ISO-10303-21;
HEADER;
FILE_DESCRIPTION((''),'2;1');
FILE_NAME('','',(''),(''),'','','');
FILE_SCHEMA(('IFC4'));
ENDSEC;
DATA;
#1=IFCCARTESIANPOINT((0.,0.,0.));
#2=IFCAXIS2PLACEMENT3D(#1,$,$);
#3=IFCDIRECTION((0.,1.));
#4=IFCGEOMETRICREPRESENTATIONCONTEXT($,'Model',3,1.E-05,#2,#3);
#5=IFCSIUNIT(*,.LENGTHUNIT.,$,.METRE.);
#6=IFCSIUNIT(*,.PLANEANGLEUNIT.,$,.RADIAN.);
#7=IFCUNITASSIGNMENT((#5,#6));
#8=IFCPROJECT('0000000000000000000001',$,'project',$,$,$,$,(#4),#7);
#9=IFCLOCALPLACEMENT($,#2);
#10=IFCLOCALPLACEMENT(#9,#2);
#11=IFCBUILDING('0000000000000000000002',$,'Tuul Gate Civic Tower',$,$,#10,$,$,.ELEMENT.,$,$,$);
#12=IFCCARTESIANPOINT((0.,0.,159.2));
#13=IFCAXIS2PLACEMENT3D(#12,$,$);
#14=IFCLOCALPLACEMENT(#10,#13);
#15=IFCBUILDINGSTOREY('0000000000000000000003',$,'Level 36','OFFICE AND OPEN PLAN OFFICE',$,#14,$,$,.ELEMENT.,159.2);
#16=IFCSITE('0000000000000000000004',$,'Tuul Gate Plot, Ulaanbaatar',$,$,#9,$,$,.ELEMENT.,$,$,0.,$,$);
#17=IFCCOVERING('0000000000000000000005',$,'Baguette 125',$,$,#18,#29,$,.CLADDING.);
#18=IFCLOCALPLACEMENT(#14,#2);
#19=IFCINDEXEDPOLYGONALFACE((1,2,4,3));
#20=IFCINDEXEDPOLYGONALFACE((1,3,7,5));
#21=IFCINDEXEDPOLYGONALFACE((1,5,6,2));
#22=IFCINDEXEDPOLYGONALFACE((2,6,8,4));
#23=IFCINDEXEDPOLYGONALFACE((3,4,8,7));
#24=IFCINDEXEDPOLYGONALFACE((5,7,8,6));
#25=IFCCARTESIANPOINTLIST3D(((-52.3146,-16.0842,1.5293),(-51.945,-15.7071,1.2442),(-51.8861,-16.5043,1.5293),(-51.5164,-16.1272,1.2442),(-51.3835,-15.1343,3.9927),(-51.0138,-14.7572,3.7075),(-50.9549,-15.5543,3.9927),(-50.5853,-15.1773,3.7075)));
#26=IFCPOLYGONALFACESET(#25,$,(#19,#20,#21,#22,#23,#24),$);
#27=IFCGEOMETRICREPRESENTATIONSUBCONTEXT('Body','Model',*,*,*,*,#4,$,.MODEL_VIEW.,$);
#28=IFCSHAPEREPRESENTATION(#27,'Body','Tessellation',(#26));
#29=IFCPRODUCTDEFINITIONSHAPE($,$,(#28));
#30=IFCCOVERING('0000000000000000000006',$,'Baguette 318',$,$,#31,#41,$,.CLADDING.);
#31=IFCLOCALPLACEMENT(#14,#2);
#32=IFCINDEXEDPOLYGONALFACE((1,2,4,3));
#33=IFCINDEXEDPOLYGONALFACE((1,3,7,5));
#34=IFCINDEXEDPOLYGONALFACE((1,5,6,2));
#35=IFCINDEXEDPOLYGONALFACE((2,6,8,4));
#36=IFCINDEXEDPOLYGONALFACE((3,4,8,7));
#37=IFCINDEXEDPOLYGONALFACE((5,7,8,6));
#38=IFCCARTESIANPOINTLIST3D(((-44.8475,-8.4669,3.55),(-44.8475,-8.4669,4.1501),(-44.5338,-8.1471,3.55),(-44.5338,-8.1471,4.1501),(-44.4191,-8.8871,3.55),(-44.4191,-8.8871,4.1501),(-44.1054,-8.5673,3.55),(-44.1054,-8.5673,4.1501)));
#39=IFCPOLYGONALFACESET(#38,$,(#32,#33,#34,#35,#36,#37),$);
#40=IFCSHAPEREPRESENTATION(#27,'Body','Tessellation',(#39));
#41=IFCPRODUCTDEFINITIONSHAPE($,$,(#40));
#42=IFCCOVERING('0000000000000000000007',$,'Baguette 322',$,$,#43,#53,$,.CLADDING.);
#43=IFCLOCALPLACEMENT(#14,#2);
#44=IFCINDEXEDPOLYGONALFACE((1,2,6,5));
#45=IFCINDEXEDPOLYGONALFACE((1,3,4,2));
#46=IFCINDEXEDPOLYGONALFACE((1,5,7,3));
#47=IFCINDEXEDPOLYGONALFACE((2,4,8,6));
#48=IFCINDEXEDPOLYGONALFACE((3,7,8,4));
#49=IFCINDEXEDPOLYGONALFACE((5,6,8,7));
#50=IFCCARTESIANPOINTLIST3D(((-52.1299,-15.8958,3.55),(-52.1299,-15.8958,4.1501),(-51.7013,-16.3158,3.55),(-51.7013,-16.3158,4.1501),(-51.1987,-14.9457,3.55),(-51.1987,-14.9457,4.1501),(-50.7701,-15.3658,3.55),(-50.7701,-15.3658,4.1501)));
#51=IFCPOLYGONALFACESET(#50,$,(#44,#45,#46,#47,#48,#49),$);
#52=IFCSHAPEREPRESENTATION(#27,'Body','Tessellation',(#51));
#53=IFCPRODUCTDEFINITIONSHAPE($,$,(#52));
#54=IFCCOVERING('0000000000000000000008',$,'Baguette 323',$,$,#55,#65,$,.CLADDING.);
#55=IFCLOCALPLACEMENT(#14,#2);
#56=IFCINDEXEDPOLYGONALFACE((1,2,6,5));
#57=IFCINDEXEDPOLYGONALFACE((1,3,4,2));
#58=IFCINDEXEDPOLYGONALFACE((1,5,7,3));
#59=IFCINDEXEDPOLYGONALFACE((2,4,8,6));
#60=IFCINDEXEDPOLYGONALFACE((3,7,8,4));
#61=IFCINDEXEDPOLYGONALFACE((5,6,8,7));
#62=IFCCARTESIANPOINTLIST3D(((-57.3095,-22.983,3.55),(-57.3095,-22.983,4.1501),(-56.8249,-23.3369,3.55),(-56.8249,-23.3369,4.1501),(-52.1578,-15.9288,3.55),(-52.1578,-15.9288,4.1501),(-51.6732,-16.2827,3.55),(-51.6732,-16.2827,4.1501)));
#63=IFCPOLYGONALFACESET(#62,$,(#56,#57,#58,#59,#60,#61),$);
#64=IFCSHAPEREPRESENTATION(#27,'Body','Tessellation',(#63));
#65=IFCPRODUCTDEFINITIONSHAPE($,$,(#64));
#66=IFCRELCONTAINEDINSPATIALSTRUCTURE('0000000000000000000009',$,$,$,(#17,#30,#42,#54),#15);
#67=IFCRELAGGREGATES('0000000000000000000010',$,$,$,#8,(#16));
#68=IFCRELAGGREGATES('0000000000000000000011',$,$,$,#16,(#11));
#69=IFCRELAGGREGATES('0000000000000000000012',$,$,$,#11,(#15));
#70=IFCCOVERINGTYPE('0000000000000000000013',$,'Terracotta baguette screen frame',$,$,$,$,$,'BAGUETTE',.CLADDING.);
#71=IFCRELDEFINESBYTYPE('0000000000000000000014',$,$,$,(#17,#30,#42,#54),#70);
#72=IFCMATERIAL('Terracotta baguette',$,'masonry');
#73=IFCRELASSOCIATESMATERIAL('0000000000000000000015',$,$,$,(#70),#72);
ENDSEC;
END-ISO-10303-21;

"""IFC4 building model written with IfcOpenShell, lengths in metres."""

from ifc_helpers import new_model, si_unit, direction, frame, origin, origin_2d, place, context, subcontext, project, spatial, rectangle, extrude, material, material_profile, profile_set, type_object, element, save


model = new_model("IFC4")

# Units and contexts
model_context = context("Model", 3, precision=1e-05, world=origin(), true_north=direction((0.0, 1.0)))
body_context = subcontext(model_context, "Body", "Model", "MODEL_VIEW")
ifc_project = project(units=[si_unit("LENGTHUNIT", "METRE"), si_unit("PLANEANGLEUNIT", "RADIAN")], contexts=[model_context])

# Site, building, storey
site_placement = place(None, origin())
site = spatial("IfcSite", under=ifc_project, at=site_placement, Name="Tuul Gate Plot, Ulaanbaatar", CompositionType="ELEMENT", RefElevation=0.0)
building_placement = place(site_placement, origin())
building = spatial("IfcBuilding", under=site, at=building_placement, Name="Tuul Gate Civic Tower", CompositionType="ELEMENT")
storey_placement = place(building_placement, frame((0.0, 0.0, 159.2)))
storey = spatial("IfcBuildingStorey", under=building, at=storey_placement, Name="Level 36", Description="OFFICE AND OPEN PLAN OFFICE", CompositionType="ELEMENT", Elevation=159.2)

# Coverings
ifc_material_1 = material(Name="Terracotta baguette", Category="masonry")
ifc_material_profile_1 = material_profile(ifc_material_1, rectangle(XDim=0.6001, YDim=0.6001, at=origin_2d()), Name="Terracotta baguette screen frame")
ifc_profile_set_1 = profile_set([ifc_material_profile_1], Name="Terracotta baguette")
covering_type = type_object("IfcCoveringType", Name="Terracotta baguette screen frame", ElementType="BAGUETTE", PredefinedType="CLADDING", material=ifc_profile_set_1)
covering_1_placement = place(storey_placement, frame((-50.9844, -15.1558, 3.8501), z_axis=(-0.332603, -0.339318, -0.879908), x_axis=(0.714138, -0.700005, 0.0)))
element("IfcCovering", 1, at=covering_1_placement, inside=storey, type_object=covering_type, Name="Baguette 125", PredefinedType="CLADDING", context=body_context, shape_type="SweptSolid", body=[
    extrude(rectangle(XDim=0.6001, YDim=0.6001, at=origin_2d()), origin(), (0.0, 0.0, 1.0), 2.7996),
])
covering_2_placement = place(storey_placement, frame((-44.3196, -8.3572, 3.8501), z_axis=(-0.700262, -0.713886, 0.0), x_axis=(0.713886, -0.700262, 0.0)))
element("IfcCovering", 2, at=covering_2_placement, inside=storey, type_object=covering_type, Name="Baguette 318", PredefinedType="CLADDING", context=body_context, shape_type="SweptSolid", body=[
    extrude(rectangle(XDim=0.6001, YDim=0.6001, at=origin_2d()), origin(), (0.0, 0.0, 1.0), 0.448),
])
covering_3_placement = place(storey_placement, frame((-50.9844, -15.1558, 3.8501), z_axis=(-0.700005, -0.714138, 0.0), x_axis=(0.714138, -0.700005, 0.0)))
element("IfcCovering", 3, at=covering_3_placement, inside=storey, type_object=covering_type, Name="Baguette 322", PredefinedType="CLADDING", context=body_context, shape_type="SweptSolid", body=[
    extrude(rectangle(XDim=0.6001, YDim=0.6001, at=origin_2d()), origin(), (0.0, 0.0, 1.0), 1.3303),
])
covering_4_placement = place(storey_placement, frame((-51.9155, -16.1057, 3.8501), z_axis=(-0.589764, -0.807575, 0.0), x_axis=(0.807575, -0.589764, 0.0)))
element("IfcCovering", 4, at=covering_4_placement, inside=storey, type_object=covering_type, Name="Baguette 323", PredefinedType="CLADDING", context=body_context, shape_type="SweptSolid", body=[
    extrude(rectangle(XDim=0.6001, YDim=0.6001, at=origin_2d()), origin(), (0.0, 0.0, 1.0), 8.7351),
])

save(model, "model.ifc")
